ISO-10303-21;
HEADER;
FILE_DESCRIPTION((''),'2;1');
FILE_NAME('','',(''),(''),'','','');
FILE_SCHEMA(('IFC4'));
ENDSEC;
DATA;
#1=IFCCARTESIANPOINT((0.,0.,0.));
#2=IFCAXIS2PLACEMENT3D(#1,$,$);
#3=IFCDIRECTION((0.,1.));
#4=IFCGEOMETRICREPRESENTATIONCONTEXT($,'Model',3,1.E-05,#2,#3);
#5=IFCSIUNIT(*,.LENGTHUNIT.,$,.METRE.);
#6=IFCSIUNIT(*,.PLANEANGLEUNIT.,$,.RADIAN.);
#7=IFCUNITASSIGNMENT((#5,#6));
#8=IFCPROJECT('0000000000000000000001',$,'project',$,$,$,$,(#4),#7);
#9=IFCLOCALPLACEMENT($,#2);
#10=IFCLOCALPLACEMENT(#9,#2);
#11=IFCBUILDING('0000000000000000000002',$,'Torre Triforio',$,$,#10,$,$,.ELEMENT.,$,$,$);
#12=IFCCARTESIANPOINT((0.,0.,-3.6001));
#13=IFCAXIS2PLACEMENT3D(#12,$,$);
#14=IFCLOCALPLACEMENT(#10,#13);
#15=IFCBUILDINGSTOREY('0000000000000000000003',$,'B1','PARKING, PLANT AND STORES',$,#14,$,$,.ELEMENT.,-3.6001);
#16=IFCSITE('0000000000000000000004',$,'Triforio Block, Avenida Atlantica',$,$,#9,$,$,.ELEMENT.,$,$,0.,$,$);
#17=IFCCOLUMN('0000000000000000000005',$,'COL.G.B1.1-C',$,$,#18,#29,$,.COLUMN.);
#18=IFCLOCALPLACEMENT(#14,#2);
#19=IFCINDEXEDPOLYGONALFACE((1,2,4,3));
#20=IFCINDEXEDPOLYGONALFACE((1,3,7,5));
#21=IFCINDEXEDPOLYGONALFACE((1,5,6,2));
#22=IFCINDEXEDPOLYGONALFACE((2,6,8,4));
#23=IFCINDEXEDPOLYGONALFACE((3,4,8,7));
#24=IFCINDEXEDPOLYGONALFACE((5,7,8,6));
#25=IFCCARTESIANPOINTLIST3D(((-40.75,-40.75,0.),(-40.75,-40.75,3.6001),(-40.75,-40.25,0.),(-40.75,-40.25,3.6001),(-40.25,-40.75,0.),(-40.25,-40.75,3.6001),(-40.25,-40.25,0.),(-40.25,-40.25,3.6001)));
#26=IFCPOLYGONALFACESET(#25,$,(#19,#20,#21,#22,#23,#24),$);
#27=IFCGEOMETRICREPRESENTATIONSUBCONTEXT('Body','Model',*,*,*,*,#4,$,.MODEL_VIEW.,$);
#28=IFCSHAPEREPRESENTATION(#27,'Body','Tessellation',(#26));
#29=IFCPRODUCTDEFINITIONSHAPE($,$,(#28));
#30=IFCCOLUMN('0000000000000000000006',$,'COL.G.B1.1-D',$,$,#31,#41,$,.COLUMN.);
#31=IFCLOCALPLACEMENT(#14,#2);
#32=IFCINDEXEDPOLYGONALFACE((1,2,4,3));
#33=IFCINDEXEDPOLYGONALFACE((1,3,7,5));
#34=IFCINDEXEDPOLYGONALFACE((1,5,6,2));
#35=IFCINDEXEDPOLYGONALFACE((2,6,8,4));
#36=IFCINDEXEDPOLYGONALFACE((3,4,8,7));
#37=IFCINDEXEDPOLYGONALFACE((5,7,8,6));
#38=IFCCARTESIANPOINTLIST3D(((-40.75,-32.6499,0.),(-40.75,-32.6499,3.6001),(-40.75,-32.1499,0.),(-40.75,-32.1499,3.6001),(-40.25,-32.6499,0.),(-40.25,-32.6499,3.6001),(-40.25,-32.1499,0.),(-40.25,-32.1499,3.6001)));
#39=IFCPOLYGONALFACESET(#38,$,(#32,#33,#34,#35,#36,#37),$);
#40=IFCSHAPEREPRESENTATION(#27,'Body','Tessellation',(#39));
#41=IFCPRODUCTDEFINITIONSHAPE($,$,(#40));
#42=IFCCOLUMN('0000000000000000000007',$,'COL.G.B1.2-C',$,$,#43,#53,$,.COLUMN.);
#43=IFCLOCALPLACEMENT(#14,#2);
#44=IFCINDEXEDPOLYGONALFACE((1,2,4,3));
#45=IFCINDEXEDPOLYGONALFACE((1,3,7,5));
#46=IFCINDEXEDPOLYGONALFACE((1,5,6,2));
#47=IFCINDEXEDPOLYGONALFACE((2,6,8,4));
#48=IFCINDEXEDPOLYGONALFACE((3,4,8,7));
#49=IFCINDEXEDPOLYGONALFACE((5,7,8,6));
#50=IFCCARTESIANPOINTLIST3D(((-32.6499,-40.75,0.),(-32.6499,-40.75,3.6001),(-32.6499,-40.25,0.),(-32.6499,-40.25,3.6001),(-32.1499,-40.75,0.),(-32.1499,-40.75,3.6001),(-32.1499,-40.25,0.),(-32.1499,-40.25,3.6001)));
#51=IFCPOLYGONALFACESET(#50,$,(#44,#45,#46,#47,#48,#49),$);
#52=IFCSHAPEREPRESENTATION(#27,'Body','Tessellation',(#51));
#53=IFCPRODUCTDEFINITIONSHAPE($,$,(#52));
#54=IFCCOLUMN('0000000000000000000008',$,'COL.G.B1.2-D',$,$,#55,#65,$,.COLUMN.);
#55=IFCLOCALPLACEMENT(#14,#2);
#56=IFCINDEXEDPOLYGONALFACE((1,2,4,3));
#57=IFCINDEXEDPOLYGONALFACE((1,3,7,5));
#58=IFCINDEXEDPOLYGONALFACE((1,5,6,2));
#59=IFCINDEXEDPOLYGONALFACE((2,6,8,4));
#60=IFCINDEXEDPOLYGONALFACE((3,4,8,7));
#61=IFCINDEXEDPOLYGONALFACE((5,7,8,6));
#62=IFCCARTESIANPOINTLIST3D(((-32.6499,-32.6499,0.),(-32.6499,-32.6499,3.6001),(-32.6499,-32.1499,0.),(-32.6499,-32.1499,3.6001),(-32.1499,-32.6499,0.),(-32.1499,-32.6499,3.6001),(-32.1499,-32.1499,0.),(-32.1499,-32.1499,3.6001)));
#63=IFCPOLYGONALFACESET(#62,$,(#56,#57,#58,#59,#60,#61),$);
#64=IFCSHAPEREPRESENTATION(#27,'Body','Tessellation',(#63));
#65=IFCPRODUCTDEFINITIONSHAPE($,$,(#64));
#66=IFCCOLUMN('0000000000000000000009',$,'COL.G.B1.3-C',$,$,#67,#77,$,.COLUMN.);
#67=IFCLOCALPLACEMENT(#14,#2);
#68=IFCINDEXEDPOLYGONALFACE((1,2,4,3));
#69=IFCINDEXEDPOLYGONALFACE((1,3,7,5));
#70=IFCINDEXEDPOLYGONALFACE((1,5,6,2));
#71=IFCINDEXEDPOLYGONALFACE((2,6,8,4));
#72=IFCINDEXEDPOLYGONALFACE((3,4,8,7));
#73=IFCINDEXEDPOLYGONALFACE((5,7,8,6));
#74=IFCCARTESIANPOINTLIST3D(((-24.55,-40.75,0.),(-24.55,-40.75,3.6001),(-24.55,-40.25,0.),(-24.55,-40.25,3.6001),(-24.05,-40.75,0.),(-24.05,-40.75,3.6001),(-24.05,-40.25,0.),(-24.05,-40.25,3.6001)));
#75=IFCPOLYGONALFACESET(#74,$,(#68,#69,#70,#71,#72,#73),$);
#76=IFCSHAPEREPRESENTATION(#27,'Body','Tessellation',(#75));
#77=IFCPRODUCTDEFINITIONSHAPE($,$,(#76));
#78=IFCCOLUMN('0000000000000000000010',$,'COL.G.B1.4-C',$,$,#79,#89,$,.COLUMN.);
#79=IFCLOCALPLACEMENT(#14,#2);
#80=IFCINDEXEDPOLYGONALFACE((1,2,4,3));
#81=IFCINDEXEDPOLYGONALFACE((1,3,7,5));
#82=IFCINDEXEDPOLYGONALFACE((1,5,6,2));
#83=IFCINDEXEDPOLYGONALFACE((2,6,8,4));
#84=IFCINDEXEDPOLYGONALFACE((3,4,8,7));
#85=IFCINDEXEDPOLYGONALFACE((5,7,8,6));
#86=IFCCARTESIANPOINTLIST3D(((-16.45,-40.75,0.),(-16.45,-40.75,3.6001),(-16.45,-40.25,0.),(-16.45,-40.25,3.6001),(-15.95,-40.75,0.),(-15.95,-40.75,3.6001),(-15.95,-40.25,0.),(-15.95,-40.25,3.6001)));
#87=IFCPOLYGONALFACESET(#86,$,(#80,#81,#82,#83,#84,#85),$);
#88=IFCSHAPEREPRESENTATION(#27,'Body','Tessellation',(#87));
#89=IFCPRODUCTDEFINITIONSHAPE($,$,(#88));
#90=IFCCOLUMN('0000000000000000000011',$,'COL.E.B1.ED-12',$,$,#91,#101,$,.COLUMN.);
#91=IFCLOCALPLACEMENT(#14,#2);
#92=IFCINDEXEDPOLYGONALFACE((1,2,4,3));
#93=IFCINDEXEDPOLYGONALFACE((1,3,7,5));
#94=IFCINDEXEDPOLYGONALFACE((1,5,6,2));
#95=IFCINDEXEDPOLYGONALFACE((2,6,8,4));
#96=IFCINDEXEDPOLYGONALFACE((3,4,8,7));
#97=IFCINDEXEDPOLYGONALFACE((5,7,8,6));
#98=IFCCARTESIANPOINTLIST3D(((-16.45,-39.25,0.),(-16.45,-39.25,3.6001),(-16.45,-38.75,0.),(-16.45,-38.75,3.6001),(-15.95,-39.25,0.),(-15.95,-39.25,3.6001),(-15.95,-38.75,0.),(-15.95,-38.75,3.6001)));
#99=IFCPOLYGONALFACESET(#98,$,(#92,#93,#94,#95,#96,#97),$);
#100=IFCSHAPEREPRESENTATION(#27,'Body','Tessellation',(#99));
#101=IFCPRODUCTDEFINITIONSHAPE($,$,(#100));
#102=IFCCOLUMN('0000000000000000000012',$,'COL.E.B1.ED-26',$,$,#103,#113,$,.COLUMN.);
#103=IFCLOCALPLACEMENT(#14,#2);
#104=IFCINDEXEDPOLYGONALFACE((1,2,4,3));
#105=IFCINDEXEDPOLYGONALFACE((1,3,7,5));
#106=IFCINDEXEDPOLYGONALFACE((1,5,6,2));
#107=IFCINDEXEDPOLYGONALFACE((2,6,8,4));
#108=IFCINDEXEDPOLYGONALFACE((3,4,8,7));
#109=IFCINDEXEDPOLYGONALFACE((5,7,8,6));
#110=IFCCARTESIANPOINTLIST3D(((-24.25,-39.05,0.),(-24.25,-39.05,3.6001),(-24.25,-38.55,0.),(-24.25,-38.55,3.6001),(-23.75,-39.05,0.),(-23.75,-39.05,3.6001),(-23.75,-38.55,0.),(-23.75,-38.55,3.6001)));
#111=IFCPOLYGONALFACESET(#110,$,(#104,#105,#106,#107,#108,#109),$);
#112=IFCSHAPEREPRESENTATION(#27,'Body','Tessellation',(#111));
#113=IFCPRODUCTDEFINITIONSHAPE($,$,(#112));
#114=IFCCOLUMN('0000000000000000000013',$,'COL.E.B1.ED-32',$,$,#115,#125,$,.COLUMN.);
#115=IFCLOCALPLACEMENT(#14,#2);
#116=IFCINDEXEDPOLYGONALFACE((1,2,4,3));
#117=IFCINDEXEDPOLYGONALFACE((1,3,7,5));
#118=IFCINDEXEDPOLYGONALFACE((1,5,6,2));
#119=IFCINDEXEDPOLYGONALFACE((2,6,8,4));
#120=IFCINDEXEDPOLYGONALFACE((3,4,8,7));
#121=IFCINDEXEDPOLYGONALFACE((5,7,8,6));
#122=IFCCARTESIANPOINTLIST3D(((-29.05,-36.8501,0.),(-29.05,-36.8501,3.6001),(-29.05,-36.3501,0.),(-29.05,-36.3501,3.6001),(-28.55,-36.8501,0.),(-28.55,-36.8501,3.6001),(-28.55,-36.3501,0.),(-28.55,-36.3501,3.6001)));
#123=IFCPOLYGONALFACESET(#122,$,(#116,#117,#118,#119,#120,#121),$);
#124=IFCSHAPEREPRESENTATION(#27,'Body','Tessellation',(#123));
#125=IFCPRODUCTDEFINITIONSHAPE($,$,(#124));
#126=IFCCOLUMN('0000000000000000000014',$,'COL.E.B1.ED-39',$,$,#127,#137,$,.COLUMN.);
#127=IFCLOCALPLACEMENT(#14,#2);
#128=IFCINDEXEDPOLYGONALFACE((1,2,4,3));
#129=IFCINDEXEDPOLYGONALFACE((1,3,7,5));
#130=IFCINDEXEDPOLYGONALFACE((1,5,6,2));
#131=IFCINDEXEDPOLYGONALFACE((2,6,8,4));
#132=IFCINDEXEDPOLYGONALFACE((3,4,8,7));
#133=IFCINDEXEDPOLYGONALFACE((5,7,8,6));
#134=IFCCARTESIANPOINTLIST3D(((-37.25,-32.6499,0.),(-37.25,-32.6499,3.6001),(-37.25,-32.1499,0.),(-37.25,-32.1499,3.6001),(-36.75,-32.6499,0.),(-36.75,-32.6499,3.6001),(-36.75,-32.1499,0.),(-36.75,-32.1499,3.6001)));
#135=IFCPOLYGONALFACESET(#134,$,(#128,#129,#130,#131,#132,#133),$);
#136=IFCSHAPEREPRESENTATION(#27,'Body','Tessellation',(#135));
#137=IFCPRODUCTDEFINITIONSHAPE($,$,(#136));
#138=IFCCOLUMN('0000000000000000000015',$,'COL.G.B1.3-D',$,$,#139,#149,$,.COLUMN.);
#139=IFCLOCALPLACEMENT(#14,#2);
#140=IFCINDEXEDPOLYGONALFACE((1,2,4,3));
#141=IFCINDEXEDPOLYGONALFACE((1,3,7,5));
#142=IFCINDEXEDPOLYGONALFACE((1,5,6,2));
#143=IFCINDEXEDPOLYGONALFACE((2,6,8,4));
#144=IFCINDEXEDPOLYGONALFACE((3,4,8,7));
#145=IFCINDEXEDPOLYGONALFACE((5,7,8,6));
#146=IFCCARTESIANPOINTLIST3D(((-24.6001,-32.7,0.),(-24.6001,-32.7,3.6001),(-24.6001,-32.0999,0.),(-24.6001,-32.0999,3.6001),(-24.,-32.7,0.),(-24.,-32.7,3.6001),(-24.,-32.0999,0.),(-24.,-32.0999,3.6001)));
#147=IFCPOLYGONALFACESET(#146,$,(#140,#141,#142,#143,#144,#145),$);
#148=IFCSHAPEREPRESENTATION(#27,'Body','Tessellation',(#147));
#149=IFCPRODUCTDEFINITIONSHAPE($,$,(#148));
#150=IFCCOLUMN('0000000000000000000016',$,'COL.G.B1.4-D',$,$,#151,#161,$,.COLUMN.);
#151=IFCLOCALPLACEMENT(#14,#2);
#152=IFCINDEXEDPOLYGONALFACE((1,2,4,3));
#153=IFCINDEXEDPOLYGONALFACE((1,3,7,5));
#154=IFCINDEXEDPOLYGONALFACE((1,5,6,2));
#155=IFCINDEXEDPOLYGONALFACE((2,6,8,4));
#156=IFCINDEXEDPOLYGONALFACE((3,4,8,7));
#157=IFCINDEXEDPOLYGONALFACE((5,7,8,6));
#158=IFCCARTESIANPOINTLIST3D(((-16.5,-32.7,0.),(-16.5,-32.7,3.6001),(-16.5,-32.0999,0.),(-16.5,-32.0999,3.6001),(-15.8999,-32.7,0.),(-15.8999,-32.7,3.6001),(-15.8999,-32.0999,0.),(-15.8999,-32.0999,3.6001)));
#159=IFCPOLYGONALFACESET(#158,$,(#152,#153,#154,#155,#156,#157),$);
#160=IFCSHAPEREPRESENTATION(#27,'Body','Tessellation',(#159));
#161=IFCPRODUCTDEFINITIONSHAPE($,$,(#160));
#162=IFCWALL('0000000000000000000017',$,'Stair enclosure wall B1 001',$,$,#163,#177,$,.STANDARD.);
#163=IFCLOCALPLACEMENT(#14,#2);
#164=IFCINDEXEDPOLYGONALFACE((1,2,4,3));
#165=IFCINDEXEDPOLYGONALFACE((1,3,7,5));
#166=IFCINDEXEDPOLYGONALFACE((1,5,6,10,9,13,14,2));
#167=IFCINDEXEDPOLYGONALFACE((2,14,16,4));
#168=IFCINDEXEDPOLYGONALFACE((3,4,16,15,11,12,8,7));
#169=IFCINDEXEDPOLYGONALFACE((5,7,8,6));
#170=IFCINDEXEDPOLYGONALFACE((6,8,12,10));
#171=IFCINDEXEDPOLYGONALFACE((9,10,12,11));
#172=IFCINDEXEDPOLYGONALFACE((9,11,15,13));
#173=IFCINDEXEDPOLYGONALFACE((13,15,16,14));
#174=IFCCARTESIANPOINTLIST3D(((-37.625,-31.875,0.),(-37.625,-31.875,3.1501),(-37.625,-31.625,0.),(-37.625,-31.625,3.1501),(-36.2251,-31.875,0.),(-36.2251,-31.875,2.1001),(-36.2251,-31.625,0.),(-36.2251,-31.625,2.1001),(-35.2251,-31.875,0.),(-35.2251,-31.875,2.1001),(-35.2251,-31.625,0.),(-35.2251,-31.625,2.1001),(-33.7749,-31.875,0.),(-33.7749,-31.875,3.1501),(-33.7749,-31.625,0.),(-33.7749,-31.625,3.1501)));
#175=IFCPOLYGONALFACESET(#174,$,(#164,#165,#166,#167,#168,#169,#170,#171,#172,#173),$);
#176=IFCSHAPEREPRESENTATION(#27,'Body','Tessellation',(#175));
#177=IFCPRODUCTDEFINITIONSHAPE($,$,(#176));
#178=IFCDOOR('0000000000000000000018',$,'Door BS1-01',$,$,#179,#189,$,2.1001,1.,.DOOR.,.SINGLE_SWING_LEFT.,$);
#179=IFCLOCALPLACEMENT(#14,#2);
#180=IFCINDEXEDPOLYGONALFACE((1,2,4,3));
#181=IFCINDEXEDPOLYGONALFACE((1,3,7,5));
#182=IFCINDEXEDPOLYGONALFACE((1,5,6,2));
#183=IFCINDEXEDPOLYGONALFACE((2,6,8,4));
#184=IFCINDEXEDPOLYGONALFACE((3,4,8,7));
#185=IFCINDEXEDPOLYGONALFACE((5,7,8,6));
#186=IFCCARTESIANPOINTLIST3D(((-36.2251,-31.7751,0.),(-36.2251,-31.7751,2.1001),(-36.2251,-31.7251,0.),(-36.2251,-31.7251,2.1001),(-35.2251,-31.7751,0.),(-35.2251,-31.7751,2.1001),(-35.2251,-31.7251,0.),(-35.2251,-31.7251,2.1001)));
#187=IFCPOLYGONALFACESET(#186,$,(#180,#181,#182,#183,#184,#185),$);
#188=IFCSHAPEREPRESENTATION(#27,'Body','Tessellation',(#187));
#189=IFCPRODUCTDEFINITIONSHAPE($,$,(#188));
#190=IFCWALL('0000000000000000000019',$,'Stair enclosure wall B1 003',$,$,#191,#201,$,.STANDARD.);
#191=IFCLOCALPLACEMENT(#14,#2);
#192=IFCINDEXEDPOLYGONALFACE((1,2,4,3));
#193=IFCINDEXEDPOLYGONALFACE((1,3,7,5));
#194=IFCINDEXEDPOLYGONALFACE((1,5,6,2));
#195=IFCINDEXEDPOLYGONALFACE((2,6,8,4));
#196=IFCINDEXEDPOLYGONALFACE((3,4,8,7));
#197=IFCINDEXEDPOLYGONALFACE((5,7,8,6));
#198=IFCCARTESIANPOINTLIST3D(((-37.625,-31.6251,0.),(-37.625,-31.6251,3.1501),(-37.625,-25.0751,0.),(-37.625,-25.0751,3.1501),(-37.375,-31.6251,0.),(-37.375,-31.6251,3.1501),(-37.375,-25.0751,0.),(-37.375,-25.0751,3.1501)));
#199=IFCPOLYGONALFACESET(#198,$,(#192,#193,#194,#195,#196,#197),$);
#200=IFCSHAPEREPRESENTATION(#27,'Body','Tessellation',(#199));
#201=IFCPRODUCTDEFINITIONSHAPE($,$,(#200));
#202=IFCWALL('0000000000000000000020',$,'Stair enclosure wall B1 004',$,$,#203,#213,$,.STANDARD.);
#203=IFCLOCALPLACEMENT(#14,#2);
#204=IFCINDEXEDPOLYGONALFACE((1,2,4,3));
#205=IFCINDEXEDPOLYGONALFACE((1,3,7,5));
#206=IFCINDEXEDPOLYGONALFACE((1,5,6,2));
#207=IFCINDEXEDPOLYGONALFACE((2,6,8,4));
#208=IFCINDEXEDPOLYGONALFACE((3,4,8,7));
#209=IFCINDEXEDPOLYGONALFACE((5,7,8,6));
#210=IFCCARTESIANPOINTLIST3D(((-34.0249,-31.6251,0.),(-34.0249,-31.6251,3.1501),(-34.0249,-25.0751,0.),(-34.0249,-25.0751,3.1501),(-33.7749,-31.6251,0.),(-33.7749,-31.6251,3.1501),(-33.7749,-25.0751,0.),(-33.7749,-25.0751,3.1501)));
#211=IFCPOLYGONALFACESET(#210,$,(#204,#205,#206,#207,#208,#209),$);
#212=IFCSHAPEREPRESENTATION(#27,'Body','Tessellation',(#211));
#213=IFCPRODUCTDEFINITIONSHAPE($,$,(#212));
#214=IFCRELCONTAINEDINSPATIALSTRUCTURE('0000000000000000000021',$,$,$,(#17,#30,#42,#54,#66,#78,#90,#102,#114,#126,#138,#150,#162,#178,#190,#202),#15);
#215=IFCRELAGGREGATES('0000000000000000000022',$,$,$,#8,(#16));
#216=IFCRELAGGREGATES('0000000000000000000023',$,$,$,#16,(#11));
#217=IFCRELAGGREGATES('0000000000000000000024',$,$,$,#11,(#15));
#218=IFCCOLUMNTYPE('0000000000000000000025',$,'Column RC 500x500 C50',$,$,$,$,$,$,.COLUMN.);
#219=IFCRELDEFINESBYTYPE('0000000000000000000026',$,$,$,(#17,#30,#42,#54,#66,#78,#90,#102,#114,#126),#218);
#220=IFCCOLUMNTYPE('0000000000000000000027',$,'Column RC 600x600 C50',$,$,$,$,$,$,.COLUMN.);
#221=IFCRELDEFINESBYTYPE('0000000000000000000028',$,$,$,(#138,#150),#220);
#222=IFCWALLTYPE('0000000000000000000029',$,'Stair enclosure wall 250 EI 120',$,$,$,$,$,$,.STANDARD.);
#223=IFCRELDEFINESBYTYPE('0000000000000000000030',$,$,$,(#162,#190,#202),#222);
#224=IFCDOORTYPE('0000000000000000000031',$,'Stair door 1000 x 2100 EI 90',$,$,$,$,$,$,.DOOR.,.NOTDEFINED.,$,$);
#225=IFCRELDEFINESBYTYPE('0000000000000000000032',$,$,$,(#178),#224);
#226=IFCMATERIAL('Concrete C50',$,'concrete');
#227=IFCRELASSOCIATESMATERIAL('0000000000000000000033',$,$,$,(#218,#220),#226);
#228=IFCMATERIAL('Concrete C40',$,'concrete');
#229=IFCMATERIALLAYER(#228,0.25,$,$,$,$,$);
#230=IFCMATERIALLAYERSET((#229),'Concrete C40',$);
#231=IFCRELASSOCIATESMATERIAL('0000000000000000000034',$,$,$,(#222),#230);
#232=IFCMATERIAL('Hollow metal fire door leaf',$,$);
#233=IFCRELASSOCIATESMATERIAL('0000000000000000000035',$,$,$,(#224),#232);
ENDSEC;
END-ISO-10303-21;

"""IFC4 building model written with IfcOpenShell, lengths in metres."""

from ifc_helpers import new_model, si_unit, direction, frame, frame_2d, origin, origin_2d, place, context, subcontext, project, spatial, rectangle, extrude, material, layer, layer_set, material_profile, profile_set, type_object, element, fill, save


model = new_model("IFC4")

# Units and contexts
model_context = context("Model", 3, precision=1e-05, world=origin(), true_north=direction((0.0, 1.0)))
body_context = subcontext(model_context, "Body", "Model", "MODEL_VIEW")
ifc_project = project(units=[si_unit("LENGTHUNIT", "METRE"), si_unit("PLANEANGLEUNIT", "RADIAN")], contexts=[model_context])

# Site, building, storey
site_placement = place(None, origin())
site = spatial("IfcSite", under=ifc_project, at=site_placement, Name="Triforio Block, Avenida Atlantica", CompositionType="ELEMENT", RefElevation=0.0)
building_placement = place(site_placement, origin())
building = spatial("IfcBuilding", under=site, at=building_placement, Name="Torre Triforio", CompositionType="ELEMENT")
storey_placement = place(building_placement, frame((0.0, 0.0, -3.6001)))
storey = spatial("IfcBuildingStorey", under=building, at=storey_placement, Name="B1", Description="PARKING, PLANT AND STORES", CompositionType="ELEMENT", Elevation=-3.6001)

# Columns
ifc_material_1 = material(Name="Concrete C50", Category="concrete")
ifc_material_profile_1 = material_profile(ifc_material_1, rectangle(XDim=0.5, YDim=0.5, at=origin_2d()), Name="RC 500x500")
ifc_profile_set_1 = profile_set([ifc_material_profile_1], Name="Concrete C50")
column_type_1 = type_object("IfcColumnType", Name="Column RC 500x500 C50", PredefinedType="COLUMN", material=ifc_profile_set_1)
for number, where, z_axis, x_axis, name in (
    (1, (-40.5, -40.5, 0.0), (0.0, 0.0, 1.0), (1.0, 0.0, 0.0), "COL.G.B1.1-C"),
    (2, (-40.5, -32.3999, 0.0), (0.0, 0.0, 1.0), (1.0, 0.0, 0.0), "COL.G.B1.1-D"),
    (3, (-32.3999, -40.5, 0.0), (0.0, 0.0, 1.0), (1.0, 0.0, 0.0), "COL.G.B1.2-C"),
    (4, (-32.3999, -32.3999, 0.0), (0.0, 0.0, 1.0), (1.0, 0.0, 0.0), "COL.G.B1.2-D"),
    (5, (-24.3, -40.5, 0.0), (0.0, 0.0, 1.0), (1.0, 0.0, 0.0), "COL.G.B1.3-C"),
    (6, (-16.2, -40.5, 0.0), (0.0, 0.0, 1.0), (1.0, 0.0, 0.0), "COL.G.B1.4-C"),
    (7, (-16.2, -39.0, 0.0), (0.0, 0.0, 1.0), (1.0, 0.0, 0.0), "COL.E.B1.ED-12"),
    (8, (-24.0, -38.8, 0.0), (0.0, 0.0, 1.0), (1.0, 0.0, 0.0), "COL.E.B1.ED-26"),
    (9, (-28.8, -36.6001, 0.0), (0.0, 0.0, 1.0), (1.0, 0.0, 0.0), "COL.E.B1.ED-32"),
    (10, (-37.0, -32.3999, 0.0), (0.0, 0.0, 1.0), (1.0, 0.0, 0.0), "COL.E.B1.ED-39"),
):
    element("IfcColumn", number, at=place(storey_placement, frame(where, z_axis=z_axis, x_axis=x_axis)), inside=storey, type_object=column_type_1, Name=name, PredefinedType="COLUMN", context=body_context, shape_type="SweptSolid", body=[
        extrude(rectangle(XDim=0.5, YDim=0.5, at=origin_2d()), origin(), (0.0, 0.0, 1.0), 3.6001),
    ])
ifc_material_profile_2 = material_profile(ifc_material_1, rectangle(XDim=0.6001, YDim=0.6001, at=origin_2d()), Name="RC 600x600")
ifc_profile_set_2 = profile_set([ifc_material_profile_2], Name="Concrete C50")
column_type_2 = type_object("IfcColumnType", Name="Column RC 600x600 C50", PredefinedType="COLUMN", material=ifc_profile_set_2)
for number, where, z_axis, x_axis, name in (
    (11, (-24.3, -32.3999, 0.0), (0.0, 0.0, 1.0), (1.0, 0.0, 0.0), "COL.G.B1.3-D"),
    (12, (-16.2, -32.3999, 0.0), (0.0, 0.0, 1.0), (1.0, 0.0, 0.0), "COL.G.B1.4-D"),
):
    element("IfcColumn", number, at=place(storey_placement, frame(where, z_axis=z_axis, x_axis=x_axis)), inside=storey, type_object=column_type_2, Name=name, PredefinedType="COLUMN", context=body_context, shape_type="SweptSolid", body=[
        extrude(rectangle(XDim=0.6001, YDim=0.6001, at=origin_2d()), origin(), (0.0, 0.0, 1.0), 3.6001),
    ])

# Wall, opening, door
ifc_material_2 = material(Name="Concrete C40", Category="concrete")
ifc_layer = layer(ifc_material_2, 0.25)
ifc_layer_set = layer_set([ifc_layer], Name="Concrete C40")
wall_type = type_object("IfcWallType", Name="Stair enclosure wall 250 EI 120", PredefinedType="STANDARD", material=ifc_layer_set)
wall_placement = place(storey_placement, frame((-37.625, -31.75, 0.0), z_axis=(0.0, 0.0, 1.0), x_axis=(1.0, 0.0, 0.0)))
wall = element("IfcWall", 13, at=wall_placement, inside=storey, type_object=wall_type, Name="Stair enclosure wall B1 001", PredefinedType="STANDARD", context=body_context, shape_type="SweptSolid", body=[
    extrude(rectangle(XDim=3.8501, YDim=0.25, at=frame_2d((1.925, 0.0))), origin(), (0.0, 0.0, 1.0), 3.1501),
])
opening_placement = place(wall_placement, frame((1.3999, 0.0, 0.0)))
opening = element("IfcOpeningElement", 14, at=opening_placement, cuts=wall, PredefinedType="OPENING", context=body_context, shape_type="SweptSolid", body=[
    extrude(rectangle(XDim=1.0, YDim=2.1001, at=frame_2d((0.5, 1.05))), frame((0.0, 0.135, 0.0), z_axis=(0.0, -1.0, 0.0), x_axis=(1.0, 0.0, 0.0)), (0.0, 0.0, 1.0), 0.27),
])
ifc_material_3 = material(Name="Hollow metal fire door leaf")
door_type = type_object("IfcDoorType", Name="Stair door 1000 x 2100 EI 90", OperationType="NOTDEFINED", PredefinedType="DOOR", material=ifc_material_3)
door_placement = place(opening_placement, origin())
door = element("IfcDoor", 15, at=door_placement, inside=storey, type_object=door_type, Name="Door BS1-01", OperationType="SINGLE_SWING_LEFT", OverallHeight=2.1001, OverallWidth=1.0, PredefinedType="DOOR", context=body_context, shape_type="SweptSolid", body=[
    extrude(rectangle(XDim=1.0, YDim=2.1001, at=frame_2d((0.5, 1.05))), frame((0.0, 0.0249, 0.0), z_axis=(0.0, -1.0, 0.0), x_axis=(1.0, 0.0, 0.0)), (0.0, 0.0, 1.0), 0.05),
])
fill(opening, door)

# Walls
for number, where, z_axis, x_axis, name in (
    (16, (-37.5, -31.625, 0.0), (0.0, 0.0, 1.0), (0.0, 1.0, 0.0), "Stair enclosure wall B1 003"),
    (17, (-33.8999, -31.625, 0.0), (0.0, 0.0, 1.0), (0.0, 1.0, 0.0), "Stair enclosure wall B1 004"),
):
    element("IfcWall", number, at=place(storey_placement, frame(where, z_axis=z_axis, x_axis=x_axis)), inside=storey, type_object=wall_type, Name=name, PredefinedType="STANDARD", context=body_context, shape_type="SweptSolid", body=[
        extrude(rectangle(XDim=6.55, YDim=0.25, at=frame_2d((3.2749, 0.0))), origin(), (0.0, 0.0, 1.0), 3.1501),
    ])

save(model, "model.ifc")
